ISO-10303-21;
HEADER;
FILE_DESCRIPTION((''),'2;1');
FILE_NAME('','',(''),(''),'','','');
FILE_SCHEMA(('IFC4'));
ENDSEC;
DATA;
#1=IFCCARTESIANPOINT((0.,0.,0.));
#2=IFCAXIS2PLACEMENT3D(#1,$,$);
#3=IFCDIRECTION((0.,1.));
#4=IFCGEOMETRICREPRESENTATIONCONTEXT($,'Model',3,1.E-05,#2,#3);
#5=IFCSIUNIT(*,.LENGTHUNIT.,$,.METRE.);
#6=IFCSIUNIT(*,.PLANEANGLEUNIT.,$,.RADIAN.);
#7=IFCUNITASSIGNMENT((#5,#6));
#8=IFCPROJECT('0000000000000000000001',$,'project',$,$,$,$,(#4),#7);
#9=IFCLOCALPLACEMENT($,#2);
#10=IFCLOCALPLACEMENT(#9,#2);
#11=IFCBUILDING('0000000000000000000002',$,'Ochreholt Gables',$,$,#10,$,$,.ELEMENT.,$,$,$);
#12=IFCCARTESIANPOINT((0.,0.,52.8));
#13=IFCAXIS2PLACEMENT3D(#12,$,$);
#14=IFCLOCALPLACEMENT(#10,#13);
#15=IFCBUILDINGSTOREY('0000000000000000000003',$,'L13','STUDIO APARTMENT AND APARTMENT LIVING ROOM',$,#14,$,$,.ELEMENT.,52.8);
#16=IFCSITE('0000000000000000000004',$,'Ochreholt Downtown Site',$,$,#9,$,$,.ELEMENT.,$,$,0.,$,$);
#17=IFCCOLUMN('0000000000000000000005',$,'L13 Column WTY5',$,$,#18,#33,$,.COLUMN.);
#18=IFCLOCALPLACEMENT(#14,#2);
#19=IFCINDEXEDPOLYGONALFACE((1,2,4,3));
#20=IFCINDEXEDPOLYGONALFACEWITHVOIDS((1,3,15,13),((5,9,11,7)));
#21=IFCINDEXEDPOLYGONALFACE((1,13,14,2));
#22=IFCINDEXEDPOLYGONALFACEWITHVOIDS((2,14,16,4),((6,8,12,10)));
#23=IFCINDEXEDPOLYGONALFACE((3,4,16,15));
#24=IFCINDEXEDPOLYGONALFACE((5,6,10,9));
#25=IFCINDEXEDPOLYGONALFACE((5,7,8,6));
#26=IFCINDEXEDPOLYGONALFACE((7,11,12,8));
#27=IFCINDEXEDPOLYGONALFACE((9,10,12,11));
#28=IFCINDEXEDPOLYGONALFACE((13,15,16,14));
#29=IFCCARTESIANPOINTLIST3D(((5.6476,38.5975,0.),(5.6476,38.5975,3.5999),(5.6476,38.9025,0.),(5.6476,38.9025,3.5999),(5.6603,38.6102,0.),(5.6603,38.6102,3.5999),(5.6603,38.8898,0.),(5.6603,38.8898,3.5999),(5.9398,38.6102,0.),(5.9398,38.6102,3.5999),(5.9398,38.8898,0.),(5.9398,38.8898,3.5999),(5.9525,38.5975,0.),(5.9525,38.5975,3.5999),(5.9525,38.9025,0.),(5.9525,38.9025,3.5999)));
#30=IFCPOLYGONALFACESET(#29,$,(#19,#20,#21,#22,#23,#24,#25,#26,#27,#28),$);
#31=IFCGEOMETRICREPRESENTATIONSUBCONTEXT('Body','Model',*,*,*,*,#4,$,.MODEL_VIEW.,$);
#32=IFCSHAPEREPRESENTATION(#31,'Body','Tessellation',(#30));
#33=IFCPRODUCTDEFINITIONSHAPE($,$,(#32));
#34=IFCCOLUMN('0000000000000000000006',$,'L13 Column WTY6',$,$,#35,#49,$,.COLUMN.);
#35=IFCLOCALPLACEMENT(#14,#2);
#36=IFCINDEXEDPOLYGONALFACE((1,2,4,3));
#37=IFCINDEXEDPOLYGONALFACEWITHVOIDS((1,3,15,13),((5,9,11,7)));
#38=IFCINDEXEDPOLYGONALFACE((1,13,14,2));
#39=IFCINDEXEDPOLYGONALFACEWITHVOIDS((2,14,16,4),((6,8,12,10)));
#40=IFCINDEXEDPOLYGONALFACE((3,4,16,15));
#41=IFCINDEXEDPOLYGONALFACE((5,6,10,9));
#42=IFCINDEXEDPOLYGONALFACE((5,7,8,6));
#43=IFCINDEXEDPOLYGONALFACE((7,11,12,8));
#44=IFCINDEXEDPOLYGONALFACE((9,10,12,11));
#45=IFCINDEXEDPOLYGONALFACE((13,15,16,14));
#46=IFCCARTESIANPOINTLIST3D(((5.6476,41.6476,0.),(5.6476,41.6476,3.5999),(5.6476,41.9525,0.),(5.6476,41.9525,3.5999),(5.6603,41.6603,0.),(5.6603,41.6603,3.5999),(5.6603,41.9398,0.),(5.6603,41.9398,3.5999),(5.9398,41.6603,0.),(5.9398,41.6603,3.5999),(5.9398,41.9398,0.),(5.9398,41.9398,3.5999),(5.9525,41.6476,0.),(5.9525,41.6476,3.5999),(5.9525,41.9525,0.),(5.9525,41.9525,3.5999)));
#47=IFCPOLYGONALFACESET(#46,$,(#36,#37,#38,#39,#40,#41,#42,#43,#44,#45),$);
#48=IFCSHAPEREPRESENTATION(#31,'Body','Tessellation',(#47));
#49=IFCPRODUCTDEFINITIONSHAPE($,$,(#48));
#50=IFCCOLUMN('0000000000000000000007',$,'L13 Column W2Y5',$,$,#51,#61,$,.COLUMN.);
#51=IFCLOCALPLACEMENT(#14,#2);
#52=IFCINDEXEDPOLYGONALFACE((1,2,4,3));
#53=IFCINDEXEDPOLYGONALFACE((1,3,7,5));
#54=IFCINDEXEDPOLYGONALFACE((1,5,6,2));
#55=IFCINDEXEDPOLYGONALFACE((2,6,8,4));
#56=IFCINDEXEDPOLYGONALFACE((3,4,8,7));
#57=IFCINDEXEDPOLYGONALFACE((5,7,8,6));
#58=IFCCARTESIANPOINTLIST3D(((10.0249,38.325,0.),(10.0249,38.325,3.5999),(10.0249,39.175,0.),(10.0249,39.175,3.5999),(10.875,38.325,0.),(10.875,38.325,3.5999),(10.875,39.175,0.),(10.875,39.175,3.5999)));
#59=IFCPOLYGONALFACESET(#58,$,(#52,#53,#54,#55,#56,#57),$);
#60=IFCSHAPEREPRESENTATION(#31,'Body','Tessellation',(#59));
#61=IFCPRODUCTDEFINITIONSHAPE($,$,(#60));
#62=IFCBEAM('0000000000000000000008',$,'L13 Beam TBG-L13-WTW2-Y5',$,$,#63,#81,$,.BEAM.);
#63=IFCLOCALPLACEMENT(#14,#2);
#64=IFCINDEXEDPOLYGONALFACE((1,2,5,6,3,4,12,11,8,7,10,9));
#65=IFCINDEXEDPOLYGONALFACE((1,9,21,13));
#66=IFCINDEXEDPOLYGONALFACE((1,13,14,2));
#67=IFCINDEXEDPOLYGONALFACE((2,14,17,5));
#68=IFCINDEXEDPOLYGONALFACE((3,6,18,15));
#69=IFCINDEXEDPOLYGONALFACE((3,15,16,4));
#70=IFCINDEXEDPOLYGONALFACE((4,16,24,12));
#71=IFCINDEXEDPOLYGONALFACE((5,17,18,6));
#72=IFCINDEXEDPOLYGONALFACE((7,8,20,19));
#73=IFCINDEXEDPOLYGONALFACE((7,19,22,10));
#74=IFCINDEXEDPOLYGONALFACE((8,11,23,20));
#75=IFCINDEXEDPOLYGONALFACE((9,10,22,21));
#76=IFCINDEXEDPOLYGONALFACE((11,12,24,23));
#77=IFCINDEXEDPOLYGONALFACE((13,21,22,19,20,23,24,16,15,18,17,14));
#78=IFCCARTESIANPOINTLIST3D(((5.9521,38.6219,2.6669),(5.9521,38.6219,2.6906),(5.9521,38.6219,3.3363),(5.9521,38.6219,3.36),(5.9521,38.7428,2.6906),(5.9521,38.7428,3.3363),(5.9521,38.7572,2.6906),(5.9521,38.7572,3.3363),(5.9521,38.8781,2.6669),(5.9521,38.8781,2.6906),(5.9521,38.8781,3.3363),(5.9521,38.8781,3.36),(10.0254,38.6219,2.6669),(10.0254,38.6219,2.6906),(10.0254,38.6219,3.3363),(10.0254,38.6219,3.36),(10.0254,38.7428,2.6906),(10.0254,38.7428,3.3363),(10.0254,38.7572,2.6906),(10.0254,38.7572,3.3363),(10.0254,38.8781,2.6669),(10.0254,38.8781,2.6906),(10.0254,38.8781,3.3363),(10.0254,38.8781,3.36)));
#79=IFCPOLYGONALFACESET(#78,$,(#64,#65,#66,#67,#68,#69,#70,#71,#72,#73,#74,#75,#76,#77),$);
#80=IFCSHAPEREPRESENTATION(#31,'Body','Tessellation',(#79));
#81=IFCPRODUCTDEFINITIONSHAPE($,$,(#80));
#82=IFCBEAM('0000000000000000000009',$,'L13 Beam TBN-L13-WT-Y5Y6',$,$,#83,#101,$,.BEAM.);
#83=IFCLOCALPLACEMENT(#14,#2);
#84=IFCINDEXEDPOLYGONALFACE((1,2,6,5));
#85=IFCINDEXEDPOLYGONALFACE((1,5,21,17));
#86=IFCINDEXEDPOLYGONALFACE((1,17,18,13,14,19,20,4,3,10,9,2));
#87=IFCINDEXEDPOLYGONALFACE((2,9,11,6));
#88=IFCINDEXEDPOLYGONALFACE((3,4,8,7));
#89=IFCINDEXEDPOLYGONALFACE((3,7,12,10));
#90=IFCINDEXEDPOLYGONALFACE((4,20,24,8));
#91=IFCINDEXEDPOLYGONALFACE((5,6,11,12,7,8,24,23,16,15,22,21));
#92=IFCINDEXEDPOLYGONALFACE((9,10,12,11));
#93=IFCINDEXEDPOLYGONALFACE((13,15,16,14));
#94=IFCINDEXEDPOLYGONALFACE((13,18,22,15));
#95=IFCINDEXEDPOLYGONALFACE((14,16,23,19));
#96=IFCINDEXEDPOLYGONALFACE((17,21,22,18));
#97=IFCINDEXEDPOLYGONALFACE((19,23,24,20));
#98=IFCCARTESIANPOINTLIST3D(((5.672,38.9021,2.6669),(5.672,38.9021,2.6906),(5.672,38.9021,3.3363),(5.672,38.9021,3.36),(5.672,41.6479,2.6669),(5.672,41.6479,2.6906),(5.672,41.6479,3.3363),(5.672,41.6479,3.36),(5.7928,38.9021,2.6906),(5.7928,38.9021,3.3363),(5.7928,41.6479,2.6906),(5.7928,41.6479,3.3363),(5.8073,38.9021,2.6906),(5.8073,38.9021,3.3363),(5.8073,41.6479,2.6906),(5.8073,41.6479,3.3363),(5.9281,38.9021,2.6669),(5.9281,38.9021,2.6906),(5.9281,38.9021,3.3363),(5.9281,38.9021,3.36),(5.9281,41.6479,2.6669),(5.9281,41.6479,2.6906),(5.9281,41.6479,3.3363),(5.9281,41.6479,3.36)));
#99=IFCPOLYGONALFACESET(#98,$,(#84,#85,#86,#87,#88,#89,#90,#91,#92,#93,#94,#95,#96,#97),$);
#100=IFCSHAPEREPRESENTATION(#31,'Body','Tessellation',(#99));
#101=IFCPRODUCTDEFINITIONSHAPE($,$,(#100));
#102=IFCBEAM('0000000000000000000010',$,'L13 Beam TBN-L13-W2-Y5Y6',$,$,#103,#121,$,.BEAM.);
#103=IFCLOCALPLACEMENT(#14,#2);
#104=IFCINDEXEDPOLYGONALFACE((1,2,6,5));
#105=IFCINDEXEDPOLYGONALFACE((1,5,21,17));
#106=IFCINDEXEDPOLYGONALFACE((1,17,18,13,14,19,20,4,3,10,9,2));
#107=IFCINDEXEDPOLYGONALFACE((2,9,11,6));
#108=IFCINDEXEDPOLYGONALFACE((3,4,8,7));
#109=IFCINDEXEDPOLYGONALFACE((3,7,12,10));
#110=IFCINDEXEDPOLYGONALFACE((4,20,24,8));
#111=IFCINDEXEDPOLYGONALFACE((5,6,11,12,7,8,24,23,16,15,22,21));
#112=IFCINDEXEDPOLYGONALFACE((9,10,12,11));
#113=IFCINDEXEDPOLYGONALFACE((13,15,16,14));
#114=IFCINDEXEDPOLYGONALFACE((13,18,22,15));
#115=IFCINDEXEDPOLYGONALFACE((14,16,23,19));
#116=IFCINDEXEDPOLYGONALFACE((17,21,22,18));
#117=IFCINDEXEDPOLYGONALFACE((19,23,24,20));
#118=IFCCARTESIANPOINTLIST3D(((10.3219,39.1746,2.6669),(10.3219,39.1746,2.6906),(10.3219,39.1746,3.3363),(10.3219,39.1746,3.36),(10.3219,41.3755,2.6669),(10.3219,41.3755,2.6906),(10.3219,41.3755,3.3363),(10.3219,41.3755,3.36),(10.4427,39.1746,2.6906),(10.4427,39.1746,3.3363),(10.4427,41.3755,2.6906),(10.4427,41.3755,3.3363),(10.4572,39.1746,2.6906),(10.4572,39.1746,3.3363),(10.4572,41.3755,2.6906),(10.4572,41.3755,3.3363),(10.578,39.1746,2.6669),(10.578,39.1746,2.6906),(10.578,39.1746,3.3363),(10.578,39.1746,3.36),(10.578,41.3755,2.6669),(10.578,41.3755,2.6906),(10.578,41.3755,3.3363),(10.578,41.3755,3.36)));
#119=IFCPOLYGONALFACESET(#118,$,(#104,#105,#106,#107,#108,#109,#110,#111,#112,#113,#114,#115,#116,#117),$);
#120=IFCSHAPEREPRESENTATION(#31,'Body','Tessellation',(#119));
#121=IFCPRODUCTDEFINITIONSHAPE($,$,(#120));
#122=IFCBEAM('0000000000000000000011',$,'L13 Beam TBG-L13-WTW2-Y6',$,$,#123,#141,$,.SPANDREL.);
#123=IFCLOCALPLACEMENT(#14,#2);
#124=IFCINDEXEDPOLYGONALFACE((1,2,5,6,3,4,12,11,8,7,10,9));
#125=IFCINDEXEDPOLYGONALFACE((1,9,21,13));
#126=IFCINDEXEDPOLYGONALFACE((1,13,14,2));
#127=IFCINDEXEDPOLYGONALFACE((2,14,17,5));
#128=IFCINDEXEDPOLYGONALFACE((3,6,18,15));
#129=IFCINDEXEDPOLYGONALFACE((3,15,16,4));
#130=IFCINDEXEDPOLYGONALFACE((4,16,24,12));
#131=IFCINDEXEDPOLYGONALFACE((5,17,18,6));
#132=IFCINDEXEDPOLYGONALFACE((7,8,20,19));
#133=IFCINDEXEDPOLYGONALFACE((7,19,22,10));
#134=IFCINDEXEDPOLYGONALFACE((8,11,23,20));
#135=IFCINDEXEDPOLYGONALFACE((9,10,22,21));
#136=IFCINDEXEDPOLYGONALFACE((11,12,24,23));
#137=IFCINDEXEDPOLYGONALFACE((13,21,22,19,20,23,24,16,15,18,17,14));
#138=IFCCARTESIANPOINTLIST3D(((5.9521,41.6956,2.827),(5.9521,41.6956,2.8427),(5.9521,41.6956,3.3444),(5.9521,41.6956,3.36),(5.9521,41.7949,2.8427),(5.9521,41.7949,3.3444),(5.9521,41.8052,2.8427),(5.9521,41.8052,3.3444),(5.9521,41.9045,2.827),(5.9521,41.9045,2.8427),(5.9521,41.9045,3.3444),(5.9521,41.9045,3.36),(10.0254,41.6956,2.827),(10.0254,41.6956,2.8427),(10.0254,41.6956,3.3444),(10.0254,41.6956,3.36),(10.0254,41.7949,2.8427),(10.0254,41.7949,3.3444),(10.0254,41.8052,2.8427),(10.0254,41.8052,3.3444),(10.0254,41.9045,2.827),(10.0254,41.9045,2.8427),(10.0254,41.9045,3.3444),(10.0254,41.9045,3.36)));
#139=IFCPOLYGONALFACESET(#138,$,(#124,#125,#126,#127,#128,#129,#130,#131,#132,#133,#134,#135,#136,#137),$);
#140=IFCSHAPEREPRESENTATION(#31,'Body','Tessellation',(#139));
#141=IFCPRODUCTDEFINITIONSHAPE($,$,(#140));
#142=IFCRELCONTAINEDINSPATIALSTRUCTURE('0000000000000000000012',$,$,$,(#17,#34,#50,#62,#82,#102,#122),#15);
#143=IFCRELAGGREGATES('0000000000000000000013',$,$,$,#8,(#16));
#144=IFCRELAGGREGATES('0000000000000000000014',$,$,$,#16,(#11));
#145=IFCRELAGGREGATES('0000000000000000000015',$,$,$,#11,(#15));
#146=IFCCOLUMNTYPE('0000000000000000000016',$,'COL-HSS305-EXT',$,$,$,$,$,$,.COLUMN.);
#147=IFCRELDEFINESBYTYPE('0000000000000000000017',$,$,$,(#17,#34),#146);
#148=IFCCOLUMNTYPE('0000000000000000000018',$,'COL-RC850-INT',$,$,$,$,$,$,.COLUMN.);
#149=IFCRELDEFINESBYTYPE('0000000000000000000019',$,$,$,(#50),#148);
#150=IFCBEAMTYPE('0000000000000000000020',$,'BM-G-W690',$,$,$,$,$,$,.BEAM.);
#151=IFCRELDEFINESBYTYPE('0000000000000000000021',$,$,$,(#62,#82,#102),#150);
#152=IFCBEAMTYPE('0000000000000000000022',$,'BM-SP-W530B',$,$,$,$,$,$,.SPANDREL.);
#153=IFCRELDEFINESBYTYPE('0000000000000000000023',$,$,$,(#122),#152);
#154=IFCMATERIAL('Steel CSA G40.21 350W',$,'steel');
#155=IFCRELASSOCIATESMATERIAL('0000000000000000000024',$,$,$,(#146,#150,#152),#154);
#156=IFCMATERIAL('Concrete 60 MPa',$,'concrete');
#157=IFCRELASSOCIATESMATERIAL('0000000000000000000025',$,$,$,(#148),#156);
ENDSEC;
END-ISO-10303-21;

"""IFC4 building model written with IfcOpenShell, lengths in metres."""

from ifc_helpers import new_model, si_unit, direction, frame, origin, origin_2d, place, context, subcontext, project, spatial, rectangle, hollow_rectangle, i_section, extrude, material, material_profile, profile_set, type_object, element, save


model = new_model("IFC4")

# Units and contexts
model_context = context("Model", 3, precision=1e-05, world=origin(), true_north=direction((0.0, 1.0)))
body_context = subcontext(model_context, "Body", "Model", "MODEL_VIEW")
ifc_project = project(units=[si_unit("LENGTHUNIT", "METRE"), si_unit("PLANEANGLEUNIT", "RADIAN")], contexts=[model_context])

# Site, building, storey
site_placement = place(None, origin())
site = spatial("IfcSite", under=ifc_project, at=site_placement, Name="Ochreholt Downtown Site", CompositionType="ELEMENT", RefElevation=0.0)
building_placement = place(site_placement, origin())
building = spatial("IfcBuilding", under=site, at=building_placement, Name="Ochreholt Gables", CompositionType="ELEMENT")
storey_placement = place(building_placement, frame((0.0, 0.0, 52.8)))
storey = spatial("IfcBuildingStorey", under=building, at=storey_placement, Name="L13", Description="STUDIO APARTMENT AND APARTMENT LIVING ROOM", CompositionType="ELEMENT", Elevation=52.8)

# Columns
ifc_material_1 = material(Name="Steel CSA G40.21 350W", Category="steel")
ifc_material_profile_1 = material_profile(ifc_material_1, hollow_rectangle(XDim=0.3049, YDim=0.3049, WallThickness=0.0127, at=origin_2d()), Name="HSS305X305X13")
ifc_profile_set_1 = profile_set([ifc_material_profile_1], Name="Steel CSA G40.21 350W")
column_type_1 = type_object("IfcColumnType", Name="COL-HSS305-EXT", PredefinedType="COLUMN", material=ifc_profile_set_1)
for number, where, z_axis, x_axis, name in (
    (1, (5.8, 38.75, 0.0), (0.0, 0.0, 1.0), (1.0, 0.0, 0.0), "L13 Column WTY5"),
    (2, (5.8, 41.8, 0.0), (0.0, 0.0, 1.0), (1.0, 0.0, 0.0), "L13 Column WTY6"),
):
    element("IfcColumn", number, at=place(storey_placement, frame(where, z_axis=z_axis, x_axis=x_axis)), inside=storey, type_object=column_type_1, Name=name, PredefinedType="COLUMN", context=body_context, shape_type="SweptSolid", body=[
        extrude(hollow_rectangle(XDim=0.3049, YDim=0.3049, WallThickness=0.0127, at=origin_2d()), origin(), (0.0, 0.0, 1.0), 3.5999),
    ])
ifc_material_2 = material(Name="Concrete 60 MPa", Category="concrete")
ifc_material_profile_2 = material_profile(ifc_material_2, rectangle(XDim=0.8501, YDim=0.8501, at=origin_2d()), Name="RC850X850")
ifc_profile_set_2 = profile_set([ifc_material_profile_2], Name="Concrete 60 MPa")
column_type_2 = type_object("IfcColumnType", Name="COL-RC850-INT", PredefinedType="COLUMN", material=ifc_profile_set_2)
column_placement = place(storey_placement, frame((10.45, 38.75, 0.0), z_axis=(0.0, 0.0, 1.0), x_axis=(1.0, 0.0, 0.0)))
element("IfcColumn", 3, at=column_placement, inside=storey, type_object=column_type_2, Name="L13 Column W2Y5", PredefinedType="COLUMN", context=body_context, shape_type="SweptSolid", body=[
    extrude(rectangle(XDim=0.8501, YDim=0.8501, at=origin_2d()), origin(), (0.0, 0.0, 1.0), 3.5999),
])

# Beams
ifc_material_profile_3 = material_profile(ifc_material_1, i_section(OverallWidth=0.2561, OverallDepth=0.6931, WebThickness=0.0144, FlangeThickness=0.0237, at=origin_2d()), Name="W690X170")
ifc_profile_set_3 = profile_set([ifc_material_profile_3], Name="Steel CSA G40.21 350W")
beam_type_1 = type_object("IfcBeamType", Name="BM-G-W690", PredefinedType="BEAM", material=ifc_profile_set_3)
beam_1_placement = place(storey_placement, frame((5.9521, 38.75, 3.0134), z_axis=(1.0, 0.0, 0.0), x_axis=(0.0, 1.0, 0.0)))
element("IfcBeam", 4, at=beam_1_placement, inside=storey, type_object=beam_type_1, Name="L13 Beam TBG-L13-WTW2-Y5", PredefinedType="BEAM", context=body_context, shape_type="SweptSolid", body=[
    extrude(i_section(OverallWidth=0.2561, OverallDepth=0.6931, WebThickness=0.0144, FlangeThickness=0.0237, at=origin_2d()), origin(), (0.0, 0.0, 1.0), 4.0732),
])
beam_2_placement = place(storey_placement, frame((5.8, 38.9021, 3.0134), z_axis=(0.0, 1.0, 0.0), x_axis=(-1.0, 0.0, 0.0)))
element("IfcBeam", 5, at=beam_2_placement, inside=storey, type_object=beam_type_1, Name="L13 Beam TBN-L13-WT-Y5Y6", PredefinedType="BEAM", context=body_context, shape_type="SweptSolid", body=[
    extrude(i_section(OverallWidth=0.2561, OverallDepth=0.6931, WebThickness=0.0144, FlangeThickness=0.0237, at=origin_2d()), origin(), (0.0, 0.0, 1.0), 2.7458),
])
beam_3_placement = place(storey_placement, frame((10.45, 39.1746, 3.0134), z_axis=(0.0, 1.0, 0.0), x_axis=(-1.0, 0.0, 0.0)))
element("IfcBeam", 6, at=beam_3_placement, inside=storey, type_object=beam_type_1, Name="L13 Beam TBN-L13-W2-Y5Y6", PredefinedType="BEAM", context=body_context, shape_type="SweptSolid", body=[
    extrude(i_section(OverallWidth=0.2561, OverallDepth=0.6931, WebThickness=0.0144, FlangeThickness=0.0237, at=origin_2d()), origin(), (0.0, 0.0, 1.0), 2.2009),
])
ifc_material_profile_4 = material_profile(ifc_material_1, i_section(OverallWidth=0.209, OverallDepth=0.533, WebThickness=0.0103, FlangeThickness=0.0156, at=origin_2d()), Name="W530X92")
ifc_profile_set_4 = profile_set([ifc_material_profile_4], Name="Steel CSA G40.21 350W")
beam_type_2 = type_object("IfcBeamType", Name="BM-SP-W530B", PredefinedType="SPANDREL", material=ifc_profile_set_4)
beam_4_placement = place(storey_placement, frame((5.9521, 41.8, 3.0935), z_axis=(1.0, 0.0, 0.0), x_axis=(0.0, 1.0, 0.0)))
element("IfcBeam", 7, at=beam_4_placement, inside=storey, type_object=beam_type_2, Name="L13 Beam TBG-L13-WTW2-Y6", PredefinedType="SPANDREL", context=body_context, shape_type="SweptSolid", body=[
    extrude(i_section(OverallWidth=0.209, OverallDepth=0.533, WebThickness=0.0103, FlangeThickness=0.0156, at=origin_2d()), origin(), (0.0, 0.0, 1.0), 4.0732),
])

save(model, "model.ifc")
